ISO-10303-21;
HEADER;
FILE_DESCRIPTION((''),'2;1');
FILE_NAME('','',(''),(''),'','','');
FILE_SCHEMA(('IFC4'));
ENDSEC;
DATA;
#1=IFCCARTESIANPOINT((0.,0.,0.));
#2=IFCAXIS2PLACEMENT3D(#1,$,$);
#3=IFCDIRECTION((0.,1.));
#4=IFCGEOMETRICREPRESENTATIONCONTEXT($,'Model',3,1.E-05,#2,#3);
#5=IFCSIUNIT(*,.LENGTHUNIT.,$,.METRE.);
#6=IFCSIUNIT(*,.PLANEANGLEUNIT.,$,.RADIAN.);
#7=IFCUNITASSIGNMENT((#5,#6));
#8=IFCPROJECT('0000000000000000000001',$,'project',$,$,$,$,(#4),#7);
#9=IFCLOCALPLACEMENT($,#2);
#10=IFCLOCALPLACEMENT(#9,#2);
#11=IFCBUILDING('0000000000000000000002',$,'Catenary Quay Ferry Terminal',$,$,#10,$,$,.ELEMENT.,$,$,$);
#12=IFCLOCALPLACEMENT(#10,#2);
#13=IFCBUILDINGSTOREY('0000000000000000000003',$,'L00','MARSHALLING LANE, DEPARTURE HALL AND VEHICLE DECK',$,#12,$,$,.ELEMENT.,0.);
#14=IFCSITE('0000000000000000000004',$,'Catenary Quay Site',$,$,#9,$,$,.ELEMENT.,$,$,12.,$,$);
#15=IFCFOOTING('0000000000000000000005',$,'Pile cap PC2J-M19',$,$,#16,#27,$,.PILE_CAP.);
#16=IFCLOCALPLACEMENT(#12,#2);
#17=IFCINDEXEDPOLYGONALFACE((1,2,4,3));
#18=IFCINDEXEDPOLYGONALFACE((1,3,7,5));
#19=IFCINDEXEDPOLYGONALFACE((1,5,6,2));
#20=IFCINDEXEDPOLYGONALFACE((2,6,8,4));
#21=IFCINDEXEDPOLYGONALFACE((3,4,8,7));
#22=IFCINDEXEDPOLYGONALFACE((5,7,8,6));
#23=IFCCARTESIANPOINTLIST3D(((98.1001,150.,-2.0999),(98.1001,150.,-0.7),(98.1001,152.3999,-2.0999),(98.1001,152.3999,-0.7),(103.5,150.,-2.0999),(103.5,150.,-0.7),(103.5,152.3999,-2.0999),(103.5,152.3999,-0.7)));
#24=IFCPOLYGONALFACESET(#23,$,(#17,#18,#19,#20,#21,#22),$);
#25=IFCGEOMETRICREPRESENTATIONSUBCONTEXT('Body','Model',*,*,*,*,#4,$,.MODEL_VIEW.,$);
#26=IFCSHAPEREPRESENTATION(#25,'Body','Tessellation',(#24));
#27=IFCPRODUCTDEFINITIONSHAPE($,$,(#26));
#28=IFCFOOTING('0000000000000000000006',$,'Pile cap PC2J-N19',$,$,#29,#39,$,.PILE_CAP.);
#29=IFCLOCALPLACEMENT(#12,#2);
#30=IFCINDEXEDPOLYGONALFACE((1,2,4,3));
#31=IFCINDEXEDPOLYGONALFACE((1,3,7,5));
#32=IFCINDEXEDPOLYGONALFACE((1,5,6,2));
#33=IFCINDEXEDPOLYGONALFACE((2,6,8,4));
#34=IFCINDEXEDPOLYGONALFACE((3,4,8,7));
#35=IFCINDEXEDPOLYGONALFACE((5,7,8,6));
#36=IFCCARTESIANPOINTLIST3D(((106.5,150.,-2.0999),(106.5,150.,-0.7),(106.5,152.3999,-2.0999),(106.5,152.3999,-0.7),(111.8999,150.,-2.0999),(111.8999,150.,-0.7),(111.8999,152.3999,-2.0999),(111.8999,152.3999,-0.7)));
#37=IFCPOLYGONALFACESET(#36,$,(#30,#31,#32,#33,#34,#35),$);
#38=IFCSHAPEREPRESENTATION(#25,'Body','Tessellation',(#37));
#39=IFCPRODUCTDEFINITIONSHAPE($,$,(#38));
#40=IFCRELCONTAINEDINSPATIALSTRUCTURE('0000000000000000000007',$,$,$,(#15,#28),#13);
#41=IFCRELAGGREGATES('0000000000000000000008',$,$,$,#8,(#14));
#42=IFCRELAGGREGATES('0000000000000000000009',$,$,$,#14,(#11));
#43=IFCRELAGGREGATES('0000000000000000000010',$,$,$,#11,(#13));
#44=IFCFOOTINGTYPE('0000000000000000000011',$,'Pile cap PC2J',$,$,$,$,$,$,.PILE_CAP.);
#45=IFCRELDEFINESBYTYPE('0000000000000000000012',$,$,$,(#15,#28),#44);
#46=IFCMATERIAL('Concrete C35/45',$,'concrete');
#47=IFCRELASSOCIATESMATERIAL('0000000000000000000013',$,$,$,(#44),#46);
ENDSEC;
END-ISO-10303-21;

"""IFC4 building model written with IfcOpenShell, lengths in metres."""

from ifc_helpers import new_model, si_unit, direction, frame, origin, origin_2d, place, context, subcontext, project, spatial, rectangle, extrude, material, type_object, element, save


model = new_model("IFC4")

# Units and contexts
model_context = context("Model", 3, precision=1e-05, world=origin(), true_north=direction((0.0, 1.0)))
body_context = subcontext(model_context, "Body", "Model", "MODEL_VIEW")
ifc_project = project(units=[si_unit("LENGTHUNIT", "METRE"), si_unit("PLANEANGLEUNIT", "RADIAN")], contexts=[model_context])

# Site, building, storey
site_placement = place(None, origin())
site = spatial("IfcSite", under=ifc_project, at=site_placement, Name="Catenary Quay Site", CompositionType="ELEMENT", RefElevation=12.0)
building_placement = place(site_placement, origin())
building = spatial("IfcBuilding", under=site, at=building_placement, Name="Catenary Quay Ferry Terminal", CompositionType="ELEMENT")
storey_placement = place(building_placement, origin())
storey = spatial("IfcBuildingStorey", under=building, at=storey_placement, Name="L00", Description="MARSHALLING LANE, DEPARTURE HALL AND VEHICLE DECK", CompositionType="ELEMENT", Elevation=0.0)

# Footings
ifc_material_1 = material(Name="Concrete C35/45", Category="concrete")
footing_type_1 = type_object("IfcFootingType", Name="Pile cap PC2J", PredefinedType="PILE_CAP", material=ifc_material_1)
for number, where, z_axis, x_axis, name in (
    (1, (100.8, 151.2, -2.0999), (0.0, 0.0, 1.0), (1.0, 0.0, 0.0), "Pile cap PC2J-M19"),
    (2, (109.2, 151.2, -2.0999), (0.0, 0.0, 1.0), (1.0, 0.0, 0.0), "Pile cap PC2J-N19"),
):
    element("IfcFooting", number, at=place(storey_placement, frame(where, z_axis=z_axis, x_axis=x_axis)), inside=storey, type_object=footing_type_1, Name=name, PredefinedType="PILE_CAP", context=body_context, shape_type="SweptSolid", body=[
        extrude(rectangle(XDim=5.3999, YDim=2.3999, at=origin_2d()), origin(), (0.0, 0.0, 1.0), 1.3999),
    ])

save(model, "model.ifc")
